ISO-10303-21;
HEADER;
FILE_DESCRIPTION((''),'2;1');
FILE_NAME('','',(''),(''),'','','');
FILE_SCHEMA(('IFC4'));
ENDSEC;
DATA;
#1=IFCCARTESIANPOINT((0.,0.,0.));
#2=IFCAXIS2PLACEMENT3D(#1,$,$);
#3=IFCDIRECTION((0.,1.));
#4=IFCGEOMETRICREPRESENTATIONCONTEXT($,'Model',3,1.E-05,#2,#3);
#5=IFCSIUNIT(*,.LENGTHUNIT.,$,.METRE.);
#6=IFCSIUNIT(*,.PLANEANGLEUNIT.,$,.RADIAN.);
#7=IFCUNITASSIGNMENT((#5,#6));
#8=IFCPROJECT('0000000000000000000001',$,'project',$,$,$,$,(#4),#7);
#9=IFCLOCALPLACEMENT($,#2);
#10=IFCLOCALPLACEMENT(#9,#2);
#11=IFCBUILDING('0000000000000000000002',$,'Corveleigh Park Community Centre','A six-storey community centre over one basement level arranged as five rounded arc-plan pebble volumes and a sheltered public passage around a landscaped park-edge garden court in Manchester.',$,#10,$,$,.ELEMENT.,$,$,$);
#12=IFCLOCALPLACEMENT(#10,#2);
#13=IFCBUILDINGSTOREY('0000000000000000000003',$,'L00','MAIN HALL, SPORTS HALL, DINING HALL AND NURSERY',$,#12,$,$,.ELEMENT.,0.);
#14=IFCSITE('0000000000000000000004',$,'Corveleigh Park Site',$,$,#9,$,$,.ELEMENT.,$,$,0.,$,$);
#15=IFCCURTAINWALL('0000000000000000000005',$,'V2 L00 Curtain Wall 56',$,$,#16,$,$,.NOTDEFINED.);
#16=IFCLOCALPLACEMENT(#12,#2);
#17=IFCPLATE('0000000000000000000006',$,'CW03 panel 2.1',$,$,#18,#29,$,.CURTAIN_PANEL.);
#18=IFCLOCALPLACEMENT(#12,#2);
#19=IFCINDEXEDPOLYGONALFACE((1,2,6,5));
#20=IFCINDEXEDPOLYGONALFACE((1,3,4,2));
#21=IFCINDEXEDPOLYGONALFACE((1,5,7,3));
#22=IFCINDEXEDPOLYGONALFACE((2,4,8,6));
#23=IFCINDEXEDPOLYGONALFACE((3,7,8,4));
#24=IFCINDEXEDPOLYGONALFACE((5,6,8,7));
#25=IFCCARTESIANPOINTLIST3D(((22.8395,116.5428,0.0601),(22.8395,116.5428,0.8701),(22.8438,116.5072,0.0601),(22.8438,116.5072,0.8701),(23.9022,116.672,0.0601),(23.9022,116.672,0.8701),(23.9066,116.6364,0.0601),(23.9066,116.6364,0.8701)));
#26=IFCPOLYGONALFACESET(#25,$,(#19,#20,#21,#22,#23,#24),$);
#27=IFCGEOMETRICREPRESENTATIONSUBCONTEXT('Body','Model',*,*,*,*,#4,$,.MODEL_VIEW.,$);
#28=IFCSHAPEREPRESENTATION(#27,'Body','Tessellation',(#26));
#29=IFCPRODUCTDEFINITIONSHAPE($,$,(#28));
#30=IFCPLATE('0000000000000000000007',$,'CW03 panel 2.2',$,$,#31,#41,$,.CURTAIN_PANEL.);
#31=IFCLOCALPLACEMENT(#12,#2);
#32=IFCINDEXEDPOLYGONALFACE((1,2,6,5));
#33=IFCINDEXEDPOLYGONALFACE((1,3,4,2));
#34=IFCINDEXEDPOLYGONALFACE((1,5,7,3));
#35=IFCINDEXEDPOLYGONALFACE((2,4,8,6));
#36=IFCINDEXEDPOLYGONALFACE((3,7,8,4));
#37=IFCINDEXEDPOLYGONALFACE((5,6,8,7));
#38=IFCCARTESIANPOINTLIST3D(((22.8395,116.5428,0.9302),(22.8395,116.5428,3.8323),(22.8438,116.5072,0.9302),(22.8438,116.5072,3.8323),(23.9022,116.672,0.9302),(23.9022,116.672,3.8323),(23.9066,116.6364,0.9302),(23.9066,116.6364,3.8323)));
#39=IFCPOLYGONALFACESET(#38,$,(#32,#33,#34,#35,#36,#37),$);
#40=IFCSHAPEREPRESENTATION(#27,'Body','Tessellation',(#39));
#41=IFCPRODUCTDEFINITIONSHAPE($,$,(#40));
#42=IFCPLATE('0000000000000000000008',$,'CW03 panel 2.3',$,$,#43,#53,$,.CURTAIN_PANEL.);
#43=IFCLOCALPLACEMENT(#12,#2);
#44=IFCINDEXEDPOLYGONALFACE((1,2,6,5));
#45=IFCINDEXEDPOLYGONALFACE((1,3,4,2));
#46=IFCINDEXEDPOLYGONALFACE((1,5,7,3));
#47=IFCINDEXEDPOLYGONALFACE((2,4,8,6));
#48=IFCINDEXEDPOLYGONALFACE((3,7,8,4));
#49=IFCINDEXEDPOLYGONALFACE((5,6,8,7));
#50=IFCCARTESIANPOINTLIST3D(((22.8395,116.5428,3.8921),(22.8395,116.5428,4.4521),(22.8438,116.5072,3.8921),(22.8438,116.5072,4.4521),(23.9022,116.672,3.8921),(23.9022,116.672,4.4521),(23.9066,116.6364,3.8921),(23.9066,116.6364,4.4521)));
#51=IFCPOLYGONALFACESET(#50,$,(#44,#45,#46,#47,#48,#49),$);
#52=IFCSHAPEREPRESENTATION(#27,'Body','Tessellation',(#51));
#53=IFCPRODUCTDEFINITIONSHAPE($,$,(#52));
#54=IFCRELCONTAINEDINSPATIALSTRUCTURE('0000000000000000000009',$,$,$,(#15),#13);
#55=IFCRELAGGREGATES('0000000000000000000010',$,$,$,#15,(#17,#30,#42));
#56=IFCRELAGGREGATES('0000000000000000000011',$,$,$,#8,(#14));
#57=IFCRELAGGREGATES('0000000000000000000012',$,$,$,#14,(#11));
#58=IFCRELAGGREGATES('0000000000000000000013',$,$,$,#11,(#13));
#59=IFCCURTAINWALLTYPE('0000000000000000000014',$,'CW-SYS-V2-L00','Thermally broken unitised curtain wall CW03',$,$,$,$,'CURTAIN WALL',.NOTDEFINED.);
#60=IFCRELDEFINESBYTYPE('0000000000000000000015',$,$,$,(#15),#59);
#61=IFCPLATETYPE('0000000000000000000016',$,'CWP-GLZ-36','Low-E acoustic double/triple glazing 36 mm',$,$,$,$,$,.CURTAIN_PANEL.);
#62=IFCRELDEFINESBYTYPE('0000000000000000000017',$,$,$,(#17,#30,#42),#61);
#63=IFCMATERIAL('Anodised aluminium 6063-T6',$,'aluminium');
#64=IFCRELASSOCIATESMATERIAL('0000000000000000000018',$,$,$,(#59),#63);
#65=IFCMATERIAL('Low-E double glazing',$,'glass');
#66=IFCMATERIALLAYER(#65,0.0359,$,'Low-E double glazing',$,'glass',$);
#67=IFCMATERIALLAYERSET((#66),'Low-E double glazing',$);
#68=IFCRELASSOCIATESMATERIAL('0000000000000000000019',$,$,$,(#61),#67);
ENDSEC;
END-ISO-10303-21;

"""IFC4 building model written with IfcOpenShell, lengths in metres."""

from ifc_helpers import new_model, si_unit, direction, frame, origin, origin_2d, place, context, subcontext, project, spatial, rectangle, extrude, material, layer, layer_set, type_object, element, aggregate, save


model = new_model("IFC4")

# Units and contexts
model_context = context("Model", 3, precision=1e-05, world=origin(), true_north=direction((0.0, 1.0)))
body_context = subcontext(model_context, "Body", "Model", "MODEL_VIEW")
ifc_project = project(units=[si_unit("LENGTHUNIT", "METRE"), si_unit("PLANEANGLEUNIT", "RADIAN")], contexts=[model_context])

# Site, building, storey
site_placement = place(None, origin())
site = spatial("IfcSite", under=ifc_project, at=site_placement, Name="Corveleigh Park Site", CompositionType="ELEMENT", RefElevation=0.0)
building_placement = place(site_placement, origin())
building = spatial("IfcBuilding", under=site, at=building_placement, Name="Corveleigh Park Community Centre", Description="A six-storey community centre over one basement level arranged as five rounded arc-plan pebble volumes and a sheltered public passage around a landscaped park-edge garden court in Manchester.", CompositionType="ELEMENT")
storey_placement = place(building_placement, origin())
storey = spatial("IfcBuildingStorey", under=building, at=storey_placement, Name="L00", Description="MAIN HALL, SPORTS HALL, DINING HALL AND NURSERY", CompositionType="ELEMENT", Elevation=0.0)

# Curtain wall
ifc_material_1 = material(Name="Anodised aluminium 6063-T6", Category="aluminium")
curtain_wall_type = type_object("IfcCurtainWallType", Name="CW-SYS-V2-L00", Description="Thermally broken unitised curtain wall CW03", ElementType="CURTAIN WALL", PredefinedType="NOTDEFINED", material=ifc_material_1)
curtain_wall_1_placement = place(storey_placement, origin())
curtain_wall_1 = element("IfcCurtainWall", 1, at=curtain_wall_1_placement, inside=storey, type_object=curtain_wall_type, Name="V2 L00 Curtain Wall 56", PredefinedType="NOTDEFINED")

# Plates
ifc_material_2 = material(Name="Low-E double glazing", Category="glass")
ifc_layer = layer(ifc_material_2, 0.0359, Name="Low-E double glazing", Category="glass")
ifc_layer_set = layer_set([ifc_layer], Name="Low-E double glazing")
plate_type = type_object("IfcPlateType", Name="CWP-GLZ-36", Description="Low-E acoustic double/triple glazing 36 mm", PredefinedType="CURTAIN_PANEL", material=ifc_layer_set)
plate_1_placement = place(storey_placement, frame((23.373, 116.5896, 0.0601), z_axis=(0.0, 0.0, 1.0), x_axis=(0.992687, 0.120715, 0.0)))
plate_1 = element("IfcPlate", 2, at=plate_1_placement, type_object=plate_type, Name="CW03 panel 2.1", PredefinedType="CURTAIN_PANEL", context=body_context, shape_type="SweptSolid", body=[
    extrude(rectangle(XDim=1.0706, YDim=0.0359, at=origin_2d()), origin(), (0.0, 0.0, 1.0), 0.8101),
])
plate_2_placement = place(storey_placement, frame((23.373, 116.5896, 0.9302), z_axis=(0.0, 0.0, 1.0), x_axis=(0.992687, 0.120715, 0.0)))
plate_2 = element("IfcPlate", 3, at=plate_2_placement, type_object=plate_type, Name="CW03 panel 2.2", PredefinedType="CURTAIN_PANEL", context=body_context, shape_type="SweptSolid", body=[
    extrude(rectangle(XDim=1.0706, YDim=0.0359, at=origin_2d()), origin(), (0.0, 0.0, 1.0), 2.9021),
])
plate_3_placement = place(storey_placement, frame((23.373, 116.5896, 3.8921), z_axis=(0.0, 0.0, 1.0), x_axis=(0.992687, 0.120715, 0.0)))
plate_3 = element("IfcPlate", 4, at=plate_3_placement, type_object=plate_type, Name="CW03 panel 2.3", PredefinedType="CURTAIN_PANEL", context=body_context, shape_type="SweptSolid", body=[
    extrude(rectangle(XDim=1.0706, YDim=0.0359, at=origin_2d()), origin(), (0.0, 0.0, 1.0), 0.5601),
])
aggregate(curtain_wall_1, [plate_1, plate_2, plate_3])

save(model, "model.ifc")
